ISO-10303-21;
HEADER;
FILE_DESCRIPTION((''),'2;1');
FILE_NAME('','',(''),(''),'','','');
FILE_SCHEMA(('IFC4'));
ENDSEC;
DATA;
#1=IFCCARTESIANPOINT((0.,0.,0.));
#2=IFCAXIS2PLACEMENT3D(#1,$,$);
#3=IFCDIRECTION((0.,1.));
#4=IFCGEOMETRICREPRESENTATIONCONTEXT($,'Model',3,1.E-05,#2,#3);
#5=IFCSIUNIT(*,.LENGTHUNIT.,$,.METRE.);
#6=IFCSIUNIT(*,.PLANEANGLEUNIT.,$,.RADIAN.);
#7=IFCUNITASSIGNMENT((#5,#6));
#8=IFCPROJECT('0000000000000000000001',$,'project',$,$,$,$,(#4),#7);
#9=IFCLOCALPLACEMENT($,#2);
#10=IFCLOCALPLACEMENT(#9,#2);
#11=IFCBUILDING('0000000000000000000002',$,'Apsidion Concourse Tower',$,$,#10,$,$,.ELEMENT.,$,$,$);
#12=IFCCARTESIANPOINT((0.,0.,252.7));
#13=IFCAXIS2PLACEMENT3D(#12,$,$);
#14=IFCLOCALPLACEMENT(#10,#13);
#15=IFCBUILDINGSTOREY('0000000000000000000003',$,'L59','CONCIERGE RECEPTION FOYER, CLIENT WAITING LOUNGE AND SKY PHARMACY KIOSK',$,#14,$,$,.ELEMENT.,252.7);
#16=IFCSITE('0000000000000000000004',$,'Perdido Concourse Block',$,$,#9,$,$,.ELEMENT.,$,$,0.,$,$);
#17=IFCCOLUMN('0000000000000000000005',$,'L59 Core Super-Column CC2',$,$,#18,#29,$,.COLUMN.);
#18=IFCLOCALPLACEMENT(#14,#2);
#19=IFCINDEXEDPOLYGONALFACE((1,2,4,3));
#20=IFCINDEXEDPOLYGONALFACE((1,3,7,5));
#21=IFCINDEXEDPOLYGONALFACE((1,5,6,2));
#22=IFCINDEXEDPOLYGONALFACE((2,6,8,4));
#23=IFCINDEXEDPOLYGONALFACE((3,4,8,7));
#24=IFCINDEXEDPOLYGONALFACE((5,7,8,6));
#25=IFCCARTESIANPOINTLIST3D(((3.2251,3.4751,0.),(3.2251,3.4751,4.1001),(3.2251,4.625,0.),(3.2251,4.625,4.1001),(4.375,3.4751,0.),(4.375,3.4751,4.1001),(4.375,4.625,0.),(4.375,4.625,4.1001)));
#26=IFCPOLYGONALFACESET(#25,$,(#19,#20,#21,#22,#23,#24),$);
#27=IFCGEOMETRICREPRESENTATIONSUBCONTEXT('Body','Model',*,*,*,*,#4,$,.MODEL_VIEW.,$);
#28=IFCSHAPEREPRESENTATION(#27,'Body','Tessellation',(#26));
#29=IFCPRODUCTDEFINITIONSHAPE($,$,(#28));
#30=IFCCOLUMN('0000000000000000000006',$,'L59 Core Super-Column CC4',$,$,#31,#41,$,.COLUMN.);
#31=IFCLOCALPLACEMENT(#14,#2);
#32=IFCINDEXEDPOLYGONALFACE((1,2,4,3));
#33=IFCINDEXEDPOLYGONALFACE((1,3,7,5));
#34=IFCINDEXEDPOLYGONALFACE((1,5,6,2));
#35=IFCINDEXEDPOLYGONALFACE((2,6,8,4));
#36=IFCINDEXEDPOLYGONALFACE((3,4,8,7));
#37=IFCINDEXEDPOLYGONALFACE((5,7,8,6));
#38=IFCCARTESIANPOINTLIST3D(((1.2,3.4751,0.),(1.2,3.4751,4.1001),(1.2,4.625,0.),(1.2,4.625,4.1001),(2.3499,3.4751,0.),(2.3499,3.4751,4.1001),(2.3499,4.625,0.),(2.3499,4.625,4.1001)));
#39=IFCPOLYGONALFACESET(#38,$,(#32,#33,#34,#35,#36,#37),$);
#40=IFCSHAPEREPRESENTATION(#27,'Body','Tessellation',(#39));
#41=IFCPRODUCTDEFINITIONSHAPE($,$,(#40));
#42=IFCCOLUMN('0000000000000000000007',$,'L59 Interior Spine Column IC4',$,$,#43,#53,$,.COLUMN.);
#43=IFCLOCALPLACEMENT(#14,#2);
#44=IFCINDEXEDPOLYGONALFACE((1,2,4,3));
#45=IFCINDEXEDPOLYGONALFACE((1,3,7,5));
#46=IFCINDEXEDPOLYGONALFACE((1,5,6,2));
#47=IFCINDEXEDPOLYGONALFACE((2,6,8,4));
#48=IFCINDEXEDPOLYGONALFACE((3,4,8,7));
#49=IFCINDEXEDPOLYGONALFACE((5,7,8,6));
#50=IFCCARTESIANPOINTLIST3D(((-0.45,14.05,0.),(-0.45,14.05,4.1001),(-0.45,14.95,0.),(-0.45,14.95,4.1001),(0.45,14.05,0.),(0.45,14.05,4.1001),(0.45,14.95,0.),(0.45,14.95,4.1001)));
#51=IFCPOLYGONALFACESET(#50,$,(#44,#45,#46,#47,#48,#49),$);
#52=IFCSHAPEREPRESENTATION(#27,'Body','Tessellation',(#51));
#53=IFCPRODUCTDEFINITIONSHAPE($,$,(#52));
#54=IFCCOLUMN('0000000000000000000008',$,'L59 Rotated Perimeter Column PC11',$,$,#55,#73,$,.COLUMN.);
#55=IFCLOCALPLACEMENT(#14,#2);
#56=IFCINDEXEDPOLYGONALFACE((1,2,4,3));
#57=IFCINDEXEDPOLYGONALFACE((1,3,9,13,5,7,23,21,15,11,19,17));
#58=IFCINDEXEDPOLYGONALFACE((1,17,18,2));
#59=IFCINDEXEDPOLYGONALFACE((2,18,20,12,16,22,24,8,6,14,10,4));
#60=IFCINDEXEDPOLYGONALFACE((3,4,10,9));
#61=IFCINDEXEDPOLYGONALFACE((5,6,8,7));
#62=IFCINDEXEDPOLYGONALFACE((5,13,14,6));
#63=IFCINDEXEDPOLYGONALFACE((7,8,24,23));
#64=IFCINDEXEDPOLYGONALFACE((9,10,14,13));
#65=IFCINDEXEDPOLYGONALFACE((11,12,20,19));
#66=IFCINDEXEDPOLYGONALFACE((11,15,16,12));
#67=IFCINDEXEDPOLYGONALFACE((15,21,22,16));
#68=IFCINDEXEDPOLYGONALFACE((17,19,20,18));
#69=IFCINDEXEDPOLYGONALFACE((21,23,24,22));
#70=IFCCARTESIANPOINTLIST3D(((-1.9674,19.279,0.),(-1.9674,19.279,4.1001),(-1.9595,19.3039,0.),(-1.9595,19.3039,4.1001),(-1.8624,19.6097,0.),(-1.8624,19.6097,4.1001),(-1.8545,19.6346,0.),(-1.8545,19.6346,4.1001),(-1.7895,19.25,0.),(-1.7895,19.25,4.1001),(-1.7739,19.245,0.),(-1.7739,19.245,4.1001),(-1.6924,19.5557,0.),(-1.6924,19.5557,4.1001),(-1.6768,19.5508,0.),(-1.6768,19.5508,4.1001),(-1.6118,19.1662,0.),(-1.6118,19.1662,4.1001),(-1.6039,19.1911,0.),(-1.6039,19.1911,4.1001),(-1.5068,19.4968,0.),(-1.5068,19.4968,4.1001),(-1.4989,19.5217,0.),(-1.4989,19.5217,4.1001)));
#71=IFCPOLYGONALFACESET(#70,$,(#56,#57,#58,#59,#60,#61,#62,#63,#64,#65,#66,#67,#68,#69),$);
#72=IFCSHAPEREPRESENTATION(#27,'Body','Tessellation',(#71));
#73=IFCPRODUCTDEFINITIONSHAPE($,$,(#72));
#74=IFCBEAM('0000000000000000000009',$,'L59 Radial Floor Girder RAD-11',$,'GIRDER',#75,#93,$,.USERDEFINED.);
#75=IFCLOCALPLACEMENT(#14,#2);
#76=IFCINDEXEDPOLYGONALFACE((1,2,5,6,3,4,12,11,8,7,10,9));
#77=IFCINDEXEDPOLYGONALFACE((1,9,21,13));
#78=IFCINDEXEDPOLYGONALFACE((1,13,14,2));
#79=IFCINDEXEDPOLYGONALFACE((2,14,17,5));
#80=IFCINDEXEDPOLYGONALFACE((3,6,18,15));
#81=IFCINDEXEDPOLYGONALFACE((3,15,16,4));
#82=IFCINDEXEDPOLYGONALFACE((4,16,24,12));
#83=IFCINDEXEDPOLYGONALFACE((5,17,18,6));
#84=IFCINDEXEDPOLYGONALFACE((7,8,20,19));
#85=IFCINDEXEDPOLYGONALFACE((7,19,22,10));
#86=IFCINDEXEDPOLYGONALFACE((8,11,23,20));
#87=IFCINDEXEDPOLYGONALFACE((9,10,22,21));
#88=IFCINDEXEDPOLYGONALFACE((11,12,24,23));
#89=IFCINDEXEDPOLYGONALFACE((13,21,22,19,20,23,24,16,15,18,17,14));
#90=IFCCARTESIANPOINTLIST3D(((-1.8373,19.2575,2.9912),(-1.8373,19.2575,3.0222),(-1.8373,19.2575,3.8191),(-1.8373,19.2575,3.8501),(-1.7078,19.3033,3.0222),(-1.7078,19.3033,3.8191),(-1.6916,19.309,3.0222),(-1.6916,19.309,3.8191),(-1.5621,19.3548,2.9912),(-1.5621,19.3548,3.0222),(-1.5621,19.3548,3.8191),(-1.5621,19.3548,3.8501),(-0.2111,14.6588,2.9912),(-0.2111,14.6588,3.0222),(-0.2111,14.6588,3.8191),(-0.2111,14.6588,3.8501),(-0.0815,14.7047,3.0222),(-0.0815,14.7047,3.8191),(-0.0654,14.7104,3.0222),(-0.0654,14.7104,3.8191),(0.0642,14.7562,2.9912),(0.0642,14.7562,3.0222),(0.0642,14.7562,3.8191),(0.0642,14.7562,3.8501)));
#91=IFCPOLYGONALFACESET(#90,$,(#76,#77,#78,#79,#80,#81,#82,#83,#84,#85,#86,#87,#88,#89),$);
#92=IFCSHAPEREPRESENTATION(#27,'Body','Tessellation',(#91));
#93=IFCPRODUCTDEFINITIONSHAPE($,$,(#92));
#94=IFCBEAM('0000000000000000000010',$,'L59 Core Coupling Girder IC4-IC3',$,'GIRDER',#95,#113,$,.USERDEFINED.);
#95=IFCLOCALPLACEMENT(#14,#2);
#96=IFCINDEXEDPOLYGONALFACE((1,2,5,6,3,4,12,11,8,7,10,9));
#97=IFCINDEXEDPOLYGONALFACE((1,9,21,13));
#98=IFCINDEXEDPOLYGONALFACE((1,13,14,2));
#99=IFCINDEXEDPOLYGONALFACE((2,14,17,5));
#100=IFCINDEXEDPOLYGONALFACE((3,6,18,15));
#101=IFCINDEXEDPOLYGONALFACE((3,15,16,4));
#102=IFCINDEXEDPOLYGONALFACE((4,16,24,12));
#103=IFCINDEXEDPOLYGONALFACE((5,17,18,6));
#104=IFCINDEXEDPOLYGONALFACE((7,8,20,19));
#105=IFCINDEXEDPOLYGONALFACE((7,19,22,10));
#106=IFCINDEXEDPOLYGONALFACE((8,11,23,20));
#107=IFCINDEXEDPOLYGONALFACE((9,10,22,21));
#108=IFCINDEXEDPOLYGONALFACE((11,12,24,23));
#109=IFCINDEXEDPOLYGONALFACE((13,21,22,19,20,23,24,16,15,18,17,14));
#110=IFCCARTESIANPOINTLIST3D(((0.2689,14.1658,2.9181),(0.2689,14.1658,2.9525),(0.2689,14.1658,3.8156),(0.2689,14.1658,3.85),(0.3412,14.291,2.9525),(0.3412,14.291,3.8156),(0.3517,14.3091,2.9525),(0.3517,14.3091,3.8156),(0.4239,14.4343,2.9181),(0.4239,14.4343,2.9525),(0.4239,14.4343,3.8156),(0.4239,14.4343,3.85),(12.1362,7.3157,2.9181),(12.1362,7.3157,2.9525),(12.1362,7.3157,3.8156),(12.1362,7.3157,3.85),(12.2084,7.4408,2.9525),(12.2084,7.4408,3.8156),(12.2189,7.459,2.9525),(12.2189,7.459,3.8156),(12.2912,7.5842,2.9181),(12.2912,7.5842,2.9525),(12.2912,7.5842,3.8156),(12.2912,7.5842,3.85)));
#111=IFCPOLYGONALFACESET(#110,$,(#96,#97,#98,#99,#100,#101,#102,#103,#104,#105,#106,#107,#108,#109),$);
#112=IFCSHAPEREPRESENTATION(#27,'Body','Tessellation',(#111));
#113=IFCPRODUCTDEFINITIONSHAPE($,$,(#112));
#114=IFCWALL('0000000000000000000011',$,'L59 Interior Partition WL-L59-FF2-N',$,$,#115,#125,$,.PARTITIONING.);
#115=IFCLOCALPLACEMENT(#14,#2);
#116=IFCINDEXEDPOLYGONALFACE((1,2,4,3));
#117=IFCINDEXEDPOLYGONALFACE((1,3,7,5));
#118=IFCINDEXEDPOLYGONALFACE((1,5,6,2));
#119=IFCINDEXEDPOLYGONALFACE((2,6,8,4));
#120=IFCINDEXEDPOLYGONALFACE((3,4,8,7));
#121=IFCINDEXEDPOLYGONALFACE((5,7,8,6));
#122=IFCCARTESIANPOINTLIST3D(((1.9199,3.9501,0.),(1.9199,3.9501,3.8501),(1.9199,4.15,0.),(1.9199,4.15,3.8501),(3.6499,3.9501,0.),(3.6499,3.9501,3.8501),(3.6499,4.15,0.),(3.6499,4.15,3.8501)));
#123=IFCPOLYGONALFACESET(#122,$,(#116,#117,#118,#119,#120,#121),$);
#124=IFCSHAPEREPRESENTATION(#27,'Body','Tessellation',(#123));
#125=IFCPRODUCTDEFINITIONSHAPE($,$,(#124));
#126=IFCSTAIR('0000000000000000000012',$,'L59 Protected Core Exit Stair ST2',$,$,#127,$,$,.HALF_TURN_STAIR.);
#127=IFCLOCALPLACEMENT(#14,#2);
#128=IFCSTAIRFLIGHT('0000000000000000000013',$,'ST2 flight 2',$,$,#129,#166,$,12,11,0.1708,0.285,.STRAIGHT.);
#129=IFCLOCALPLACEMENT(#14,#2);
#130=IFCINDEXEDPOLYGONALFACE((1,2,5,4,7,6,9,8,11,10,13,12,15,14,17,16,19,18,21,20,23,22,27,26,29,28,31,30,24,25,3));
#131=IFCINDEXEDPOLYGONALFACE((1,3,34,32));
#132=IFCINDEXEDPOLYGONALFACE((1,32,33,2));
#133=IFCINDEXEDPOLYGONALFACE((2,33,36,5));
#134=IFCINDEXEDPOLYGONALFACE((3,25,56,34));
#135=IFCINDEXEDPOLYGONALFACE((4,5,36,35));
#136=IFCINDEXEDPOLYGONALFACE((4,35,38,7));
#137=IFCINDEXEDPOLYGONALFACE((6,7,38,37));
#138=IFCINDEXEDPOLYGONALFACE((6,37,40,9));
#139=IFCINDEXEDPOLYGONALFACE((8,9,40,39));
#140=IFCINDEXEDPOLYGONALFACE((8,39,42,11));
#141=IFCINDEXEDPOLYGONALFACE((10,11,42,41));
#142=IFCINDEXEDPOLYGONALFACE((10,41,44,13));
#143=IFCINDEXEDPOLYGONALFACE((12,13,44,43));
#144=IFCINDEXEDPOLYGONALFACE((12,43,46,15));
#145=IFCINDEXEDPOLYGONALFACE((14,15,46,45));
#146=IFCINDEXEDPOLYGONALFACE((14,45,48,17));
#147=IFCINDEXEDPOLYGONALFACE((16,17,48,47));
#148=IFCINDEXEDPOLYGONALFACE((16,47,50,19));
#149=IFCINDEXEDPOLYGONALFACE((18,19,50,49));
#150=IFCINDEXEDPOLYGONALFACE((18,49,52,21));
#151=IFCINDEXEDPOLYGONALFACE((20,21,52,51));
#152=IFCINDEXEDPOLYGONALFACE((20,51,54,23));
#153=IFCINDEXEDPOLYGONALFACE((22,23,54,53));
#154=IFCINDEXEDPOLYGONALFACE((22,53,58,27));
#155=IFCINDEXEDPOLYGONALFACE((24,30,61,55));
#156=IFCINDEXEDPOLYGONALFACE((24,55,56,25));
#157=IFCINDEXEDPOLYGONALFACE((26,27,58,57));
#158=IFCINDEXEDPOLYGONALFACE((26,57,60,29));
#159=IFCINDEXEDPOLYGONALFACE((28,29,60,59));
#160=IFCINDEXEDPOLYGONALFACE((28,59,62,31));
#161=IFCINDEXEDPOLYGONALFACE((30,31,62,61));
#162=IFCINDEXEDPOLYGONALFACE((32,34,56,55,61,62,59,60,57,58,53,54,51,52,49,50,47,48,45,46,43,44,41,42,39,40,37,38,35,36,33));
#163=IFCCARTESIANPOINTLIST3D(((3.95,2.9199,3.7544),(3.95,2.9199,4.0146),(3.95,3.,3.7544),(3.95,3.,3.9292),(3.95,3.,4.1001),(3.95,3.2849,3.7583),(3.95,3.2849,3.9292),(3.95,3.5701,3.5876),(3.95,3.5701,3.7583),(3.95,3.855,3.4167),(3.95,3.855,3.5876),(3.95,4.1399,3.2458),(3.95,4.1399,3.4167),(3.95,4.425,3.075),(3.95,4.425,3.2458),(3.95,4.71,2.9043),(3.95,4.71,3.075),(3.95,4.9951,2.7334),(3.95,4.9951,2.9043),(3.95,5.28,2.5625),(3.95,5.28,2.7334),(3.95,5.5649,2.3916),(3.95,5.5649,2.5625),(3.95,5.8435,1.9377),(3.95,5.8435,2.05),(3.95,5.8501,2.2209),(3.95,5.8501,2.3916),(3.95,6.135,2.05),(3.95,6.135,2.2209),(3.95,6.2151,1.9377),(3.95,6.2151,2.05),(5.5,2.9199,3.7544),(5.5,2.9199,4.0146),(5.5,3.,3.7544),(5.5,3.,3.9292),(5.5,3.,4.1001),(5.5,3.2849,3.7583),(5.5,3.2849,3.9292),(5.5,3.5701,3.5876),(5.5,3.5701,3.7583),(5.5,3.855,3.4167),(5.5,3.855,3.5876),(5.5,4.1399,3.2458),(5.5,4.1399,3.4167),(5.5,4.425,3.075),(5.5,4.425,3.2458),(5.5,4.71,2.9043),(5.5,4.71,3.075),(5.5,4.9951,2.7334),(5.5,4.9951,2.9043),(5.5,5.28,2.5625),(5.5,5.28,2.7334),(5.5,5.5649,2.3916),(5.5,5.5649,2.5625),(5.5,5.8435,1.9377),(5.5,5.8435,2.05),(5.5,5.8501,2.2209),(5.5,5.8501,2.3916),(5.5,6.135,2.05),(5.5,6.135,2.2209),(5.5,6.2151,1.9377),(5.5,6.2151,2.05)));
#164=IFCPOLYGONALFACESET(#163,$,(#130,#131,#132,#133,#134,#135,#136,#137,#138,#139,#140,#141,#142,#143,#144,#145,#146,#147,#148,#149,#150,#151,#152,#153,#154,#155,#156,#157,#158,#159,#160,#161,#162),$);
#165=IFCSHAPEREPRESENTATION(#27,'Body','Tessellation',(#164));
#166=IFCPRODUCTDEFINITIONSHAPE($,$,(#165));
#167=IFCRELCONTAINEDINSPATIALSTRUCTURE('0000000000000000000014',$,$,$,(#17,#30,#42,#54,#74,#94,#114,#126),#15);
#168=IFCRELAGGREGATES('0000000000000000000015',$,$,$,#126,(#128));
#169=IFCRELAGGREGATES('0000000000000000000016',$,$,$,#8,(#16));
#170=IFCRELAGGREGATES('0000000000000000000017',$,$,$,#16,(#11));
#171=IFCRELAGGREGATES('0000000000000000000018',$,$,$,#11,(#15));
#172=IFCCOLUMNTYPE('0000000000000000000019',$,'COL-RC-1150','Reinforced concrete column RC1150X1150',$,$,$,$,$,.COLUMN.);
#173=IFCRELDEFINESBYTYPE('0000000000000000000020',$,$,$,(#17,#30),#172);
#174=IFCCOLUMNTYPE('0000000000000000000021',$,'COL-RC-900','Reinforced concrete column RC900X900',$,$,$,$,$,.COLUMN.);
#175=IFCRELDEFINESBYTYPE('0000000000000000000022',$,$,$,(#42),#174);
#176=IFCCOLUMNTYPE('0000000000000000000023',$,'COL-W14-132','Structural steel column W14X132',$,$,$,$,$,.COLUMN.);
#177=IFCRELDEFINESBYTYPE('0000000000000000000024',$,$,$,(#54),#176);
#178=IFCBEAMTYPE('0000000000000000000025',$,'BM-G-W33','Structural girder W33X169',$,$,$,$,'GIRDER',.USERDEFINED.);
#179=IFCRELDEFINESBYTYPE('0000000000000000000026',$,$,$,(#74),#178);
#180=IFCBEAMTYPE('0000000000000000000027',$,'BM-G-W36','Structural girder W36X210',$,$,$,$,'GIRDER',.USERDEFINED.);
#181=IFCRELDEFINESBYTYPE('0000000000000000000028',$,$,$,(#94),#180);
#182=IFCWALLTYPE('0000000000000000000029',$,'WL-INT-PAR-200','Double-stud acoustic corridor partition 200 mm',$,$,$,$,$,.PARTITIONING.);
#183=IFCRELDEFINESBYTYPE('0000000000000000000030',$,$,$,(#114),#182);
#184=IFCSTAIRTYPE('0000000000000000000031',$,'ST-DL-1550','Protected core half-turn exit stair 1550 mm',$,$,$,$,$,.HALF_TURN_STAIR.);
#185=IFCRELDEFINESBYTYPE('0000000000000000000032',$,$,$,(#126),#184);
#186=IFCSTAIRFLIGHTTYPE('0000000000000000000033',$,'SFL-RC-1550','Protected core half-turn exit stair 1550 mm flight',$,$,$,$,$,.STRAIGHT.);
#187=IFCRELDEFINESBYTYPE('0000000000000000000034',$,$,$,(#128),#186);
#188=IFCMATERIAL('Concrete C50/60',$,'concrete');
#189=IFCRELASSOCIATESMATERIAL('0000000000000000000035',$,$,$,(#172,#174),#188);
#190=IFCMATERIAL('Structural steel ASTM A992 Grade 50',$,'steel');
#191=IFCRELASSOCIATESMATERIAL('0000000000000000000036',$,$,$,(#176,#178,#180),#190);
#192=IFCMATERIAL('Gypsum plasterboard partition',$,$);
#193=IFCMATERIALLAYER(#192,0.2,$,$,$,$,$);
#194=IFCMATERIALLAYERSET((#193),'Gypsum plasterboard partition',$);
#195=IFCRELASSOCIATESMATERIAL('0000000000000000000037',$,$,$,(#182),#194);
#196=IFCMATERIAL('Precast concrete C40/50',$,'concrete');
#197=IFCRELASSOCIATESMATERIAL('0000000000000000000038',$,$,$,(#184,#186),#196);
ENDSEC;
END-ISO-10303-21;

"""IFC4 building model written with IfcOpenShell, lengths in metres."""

from ifc_helpers import new_model, si_unit, direction, frame, frame_2d, origin, origin_2d, place, context, subcontext, project, spatial, polyline, rectangle, i_section, outline, extrude, material, layer, layer_set, material_profile, profile_set, type_object, element, aggregate, save


model = new_model("IFC4")

# Units and contexts
model_context = context("Model", 3, precision=1e-05, world=origin(), true_north=direction((0.0, 1.0)))
body_context = subcontext(model_context, "Body", "Model", "MODEL_VIEW")
ifc_project = project(units=[si_unit("LENGTHUNIT", "METRE"), si_unit("PLANEANGLEUNIT", "RADIAN")], contexts=[model_context])

# Site, building, storey
site_placement = place(None, origin())
site = spatial("IfcSite", under=ifc_project, at=site_placement, Name="Perdido Concourse Block", CompositionType="ELEMENT", RefElevation=0.0)
building_placement = place(site_placement, origin())
building = spatial("IfcBuilding", under=site, at=building_placement, Name="Apsidion Concourse Tower", CompositionType="ELEMENT")
storey_placement = place(building_placement, frame((0.0, 0.0, 252.7)))
storey = spatial("IfcBuildingStorey", under=building, at=storey_placement, Name="L59", Description="CONCIERGE RECEPTION FOYER, CLIENT WAITING LOUNGE AND SKY PHARMACY KIOSK", CompositionType="ELEMENT", Elevation=252.7)

# Columns
ifc_material_1 = material(Name="Concrete C50/60", Category="concrete")
ifc_material_profile_1 = material_profile(ifc_material_1, rectangle(XDim=1.1499, YDim=1.1499, at=origin_2d()), Name="RC 1150x1150")
ifc_profile_set_1 = profile_set([ifc_material_profile_1], Name="Concrete C50/60")
column_type_1 = type_object("IfcColumnType", Name="COL-RC-1150", Description="Reinforced concrete column RC1150X1150", PredefinedType="COLUMN", material=ifc_profile_set_1)
for number, where, z_axis, x_axis, name in (
    (1, (3.8, 4.05, 0.0), (0.0, 0.0, 1.0), (1.0, 0.0, 0.0), "L59 Core Super-Column CC2"),
    (2, (1.7749, 4.05, 0.0), (0.0, 0.0, 1.0), (1.0, 0.0, 0.0), "L59 Core Super-Column CC4"),
):
    element("IfcColumn", number, at=place(storey_placement, frame(where, z_axis=z_axis, x_axis=x_axis)), inside=storey, type_object=column_type_1, Name=name, PredefinedType="COLUMN", context=body_context, shape_type="SweptSolid", body=[
        extrude(rectangle(XDim=1.1499, YDim=1.1499, at=origin_2d()), origin(), (0.0, 0.0, 1.0), 4.1001),
    ])
ifc_material_profile_2 = material_profile(ifc_material_1, rectangle(XDim=0.8999, YDim=0.8999, at=origin_2d()), Name="RC 900x900")
ifc_profile_set_2 = profile_set([ifc_material_profile_2], Name="Concrete C50/60")
column_type_2 = type_object("IfcColumnType", Name="COL-RC-900", Description="Reinforced concrete column RC900X900", PredefinedType="COLUMN", material=ifc_profile_set_2)
column_1_placement = place(storey_placement, frame((0.0, 14.5, 0.0), z_axis=(0.0, 0.0, 1.0), x_axis=(1.0, 0.0, 0.0)))
element("IfcColumn", 3, at=column_1_placement, inside=storey, type_object=column_type_2, Name="L59 Interior Spine Column IC4", PredefinedType="COLUMN", context=body_context, shape_type="SweptSolid", body=[
    extrude(rectangle(XDim=0.8999, YDim=0.8999, at=origin_2d()), origin(), (0.0, 0.0, 1.0), 4.1001),
])
ifc_material_2 = material(Name="Structural steel ASTM A992 Grade 50", Category="steel")
ifc_material_profile_3 = material_profile(ifc_material_2, i_section(OverallWidth=0.373, OverallDepth=0.373, WebThickness=0.0164, FlangeThickness=0.0261, at=origin_2d()), Name="W14X132")
ifc_profile_set_3 = profile_set([ifc_material_profile_3], Name="Structural steel ASTM A992 Grade 50")
column_type_3 = type_object("IfcColumnType", Name="COL-W14-132", Description="Structural steel column W14X132", PredefinedType="COLUMN", material=ifc_profile_set_3)
column_2_placement = place(storey_placement, frame((-1.7332, 19.4004, 0.0), z_axis=(0.0, 0.0, 1.0), x_axis=(-0.953138, 0.302536, 0.0)))
element("IfcColumn", 4, at=column_2_placement, inside=storey, type_object=column_type_3, Name="L59 Rotated Perimeter Column PC11", PredefinedType="COLUMN", context=body_context, shape_type="SweptSolid", body=[
    extrude(i_section(OverallWidth=0.373, OverallDepth=0.373, WebThickness=0.0164, FlangeThickness=0.0261, at=origin_2d()), origin(), (0.0, 0.0, 1.0), 4.1001),
])

# Beams
ifc_material_profile_4 = material_profile(ifc_material_2, i_section(OverallWidth=0.292, OverallDepth=0.8589, WebThickness=0.0171, FlangeThickness=0.031, at=origin_2d()), Name="W33X169")
ifc_profile_set_4 = profile_set([ifc_material_profile_4], Name="Structural steel ASTM A992 Grade 50")
beam_type_1 = type_object("IfcBeamType", Name="BM-G-W33", Description="Structural girder W33X169", ElementType="GIRDER", PredefinedType="USERDEFINED", material=ifc_profile_set_4)
beam_1_placement = place(storey_placement, frame((-0.0735, 14.7075, 3.4207), z_axis=(-0.333399, 0.942786, 0.0), x_axis=(-0.942786, -0.333399, 0.0)))
element("IfcBeam", 5, at=beam_1_placement, inside=storey, type_object=beam_type_1, Name="L59 Radial Floor Girder RAD-11", ObjectType="GIRDER", PredefinedType="USERDEFINED", context=body_context, shape_type="SweptSolid", body=[
    extrude(i_section(OverallWidth=0.292, OverallDepth=0.8589, WebThickness=0.0171, FlangeThickness=0.031, at=origin_2d()), origin(), (0.0, 0.0, 1.0), 4.8777),
])
ifc_material_profile_5 = material_profile(ifc_material_2, i_section(OverallWidth=0.3101, OverallDepth=0.9319, WebThickness=0.021, FlangeThickness=0.0344, at=origin_2d()), Name="W36X210")
ifc_profile_set_5 = profile_set([ifc_material_profile_5], Name="Structural steel ASTM A992 Grade 50")
beam_type_2 = type_object("IfcBeamType", Name="BM-G-W36", Description="Structural girder W36X210", ElementType="GIRDER", PredefinedType="USERDEFINED", material=ifc_profile_set_5)
beam_2_placement = place(storey_placement, frame((0.3464, 14.3, 3.384), z_axis=(0.86607, -0.499922, 0.0), x_axis=(0.499922, 0.86607, 0.0)))
element("IfcBeam", 6, at=beam_2_placement, inside=storey, type_object=beam_type_2, Name="L59 Core Coupling Girder IC4-IC3", ObjectType="GIRDER", PredefinedType="USERDEFINED", context=body_context, shape_type="SweptSolid", body=[
    extrude(i_section(OverallWidth=0.3101, OverallDepth=0.9319, WebThickness=0.021, FlangeThickness=0.0344, at=origin_2d()), origin(), (0.0, 0.0, 1.0), 13.7024),
])

# Wall
ifc_material_3 = material(Name="Gypsum plasterboard partition")
ifc_layer = layer(ifc_material_3, 0.2)
ifc_layer_set = layer_set([ifc_layer], Name="Gypsum plasterboard partition")
wall_type = type_object("IfcWallType", Name="WL-INT-PAR-200", Description="Double-stud acoustic corridor partition 200 mm", PredefinedType="PARTITIONING", material=ifc_layer_set)
wall_placement = place(storey_placement, frame((1.9199, 4.05, 0.0), z_axis=(0.0, 0.0, 1.0), x_axis=(1.0, 0.0, 0.0)))
element("IfcWall", 7, at=wall_placement, inside=storey, type_object=wall_type, Name="L59 Interior Partition WL-L59-FF2-N", PredefinedType="PARTITIONING", context=body_context, shape_type="SweptSolid", body=[
    extrude(rectangle(XDim=1.73, YDim=0.2, at=frame_2d((0.865, 0.0))), origin(), (0.0, 0.0, 1.0), 3.8501),
])

# Stair, stair flight
ifc_material_4 = material(Name="Precast concrete C40/50", Category="concrete")
stair_type = type_object("IfcStairType", Name="ST-DL-1550", Description="Protected core half-turn exit stair 1550 mm", PredefinedType="HALF_TURN_STAIR", material=ifc_material_4)
stair_1_placement = place(storey_placement, origin())
stair_1 = element("IfcStair", 8, at=stair_1_placement, inside=storey, type_object=stair_type, Name="L59 Protected Core Exit Stair ST2", PredefinedType="HALF_TURN_STAIR")
stair_flight_type = type_object("IfcStairFlightType", Name="SFL-RC-1550", Description="Protected core half-turn exit stair 1550 mm flight", PredefinedType="STRAIGHT", material=ifc_material_4)
stair_flight_1_placement = place(storey_placement, frame((4.7251, 6.135, 2.05), z_axis=(0.0, 0.0, 1.0), x_axis=(0.0, -1.0, 0.0)))
stair_flight_1 = element("IfcStairFlight", 9, at=stair_flight_1_placement, type_object=stair_flight_type, Name="ST2 flight 2", NumberOfRisers=12, NumberOfTreads=11, PredefinedType="STRAIGHT", RiserHeight=0.1708, TreadLength=0.285, context=body_context, shape_type="SweptSolid", body=[
    extrude(outline(polyline([(-0.0801, -0.1123), (-0.0801, 0.0), (0.0, 0.0), (0.0, 0.1709), (0.2849, 0.1709), (0.2849, 0.3416), (0.5701, 0.3416), (0.5701, 0.5125), (0.855, 0.5125), (0.855, 0.6833), (1.1399, 0.6833), (1.1399, 0.8542), (1.425, 0.8542), (1.425, 1.0249), (1.71, 1.0249), (1.71, 1.1958), (1.9951, 1.1958), (1.9951, 1.3667), (2.28, 1.3667), (2.28, 1.5376), (2.5649, 1.5376), (2.5649, 1.7083), (2.8501, 1.7083), (2.8501, 1.8792), (3.135, 1.8792), (3.135, 2.05), (3.2151, 1.9646), (3.2151, 1.7043), (3.135, 1.7043), (0.2915, 0.0), (0.2915, -0.1123), (-0.0801, -0.1123)])), frame((0.0, 0.7749, 0.0), z_axis=(0.0, -1.0, 0.0), x_axis=(1.0, 0.0, 0.0)), (0.0, 0.0, 1.0), 1.55),
])
aggregate(stair_1, [stair_flight_1])

save(model, "model.ifc")
